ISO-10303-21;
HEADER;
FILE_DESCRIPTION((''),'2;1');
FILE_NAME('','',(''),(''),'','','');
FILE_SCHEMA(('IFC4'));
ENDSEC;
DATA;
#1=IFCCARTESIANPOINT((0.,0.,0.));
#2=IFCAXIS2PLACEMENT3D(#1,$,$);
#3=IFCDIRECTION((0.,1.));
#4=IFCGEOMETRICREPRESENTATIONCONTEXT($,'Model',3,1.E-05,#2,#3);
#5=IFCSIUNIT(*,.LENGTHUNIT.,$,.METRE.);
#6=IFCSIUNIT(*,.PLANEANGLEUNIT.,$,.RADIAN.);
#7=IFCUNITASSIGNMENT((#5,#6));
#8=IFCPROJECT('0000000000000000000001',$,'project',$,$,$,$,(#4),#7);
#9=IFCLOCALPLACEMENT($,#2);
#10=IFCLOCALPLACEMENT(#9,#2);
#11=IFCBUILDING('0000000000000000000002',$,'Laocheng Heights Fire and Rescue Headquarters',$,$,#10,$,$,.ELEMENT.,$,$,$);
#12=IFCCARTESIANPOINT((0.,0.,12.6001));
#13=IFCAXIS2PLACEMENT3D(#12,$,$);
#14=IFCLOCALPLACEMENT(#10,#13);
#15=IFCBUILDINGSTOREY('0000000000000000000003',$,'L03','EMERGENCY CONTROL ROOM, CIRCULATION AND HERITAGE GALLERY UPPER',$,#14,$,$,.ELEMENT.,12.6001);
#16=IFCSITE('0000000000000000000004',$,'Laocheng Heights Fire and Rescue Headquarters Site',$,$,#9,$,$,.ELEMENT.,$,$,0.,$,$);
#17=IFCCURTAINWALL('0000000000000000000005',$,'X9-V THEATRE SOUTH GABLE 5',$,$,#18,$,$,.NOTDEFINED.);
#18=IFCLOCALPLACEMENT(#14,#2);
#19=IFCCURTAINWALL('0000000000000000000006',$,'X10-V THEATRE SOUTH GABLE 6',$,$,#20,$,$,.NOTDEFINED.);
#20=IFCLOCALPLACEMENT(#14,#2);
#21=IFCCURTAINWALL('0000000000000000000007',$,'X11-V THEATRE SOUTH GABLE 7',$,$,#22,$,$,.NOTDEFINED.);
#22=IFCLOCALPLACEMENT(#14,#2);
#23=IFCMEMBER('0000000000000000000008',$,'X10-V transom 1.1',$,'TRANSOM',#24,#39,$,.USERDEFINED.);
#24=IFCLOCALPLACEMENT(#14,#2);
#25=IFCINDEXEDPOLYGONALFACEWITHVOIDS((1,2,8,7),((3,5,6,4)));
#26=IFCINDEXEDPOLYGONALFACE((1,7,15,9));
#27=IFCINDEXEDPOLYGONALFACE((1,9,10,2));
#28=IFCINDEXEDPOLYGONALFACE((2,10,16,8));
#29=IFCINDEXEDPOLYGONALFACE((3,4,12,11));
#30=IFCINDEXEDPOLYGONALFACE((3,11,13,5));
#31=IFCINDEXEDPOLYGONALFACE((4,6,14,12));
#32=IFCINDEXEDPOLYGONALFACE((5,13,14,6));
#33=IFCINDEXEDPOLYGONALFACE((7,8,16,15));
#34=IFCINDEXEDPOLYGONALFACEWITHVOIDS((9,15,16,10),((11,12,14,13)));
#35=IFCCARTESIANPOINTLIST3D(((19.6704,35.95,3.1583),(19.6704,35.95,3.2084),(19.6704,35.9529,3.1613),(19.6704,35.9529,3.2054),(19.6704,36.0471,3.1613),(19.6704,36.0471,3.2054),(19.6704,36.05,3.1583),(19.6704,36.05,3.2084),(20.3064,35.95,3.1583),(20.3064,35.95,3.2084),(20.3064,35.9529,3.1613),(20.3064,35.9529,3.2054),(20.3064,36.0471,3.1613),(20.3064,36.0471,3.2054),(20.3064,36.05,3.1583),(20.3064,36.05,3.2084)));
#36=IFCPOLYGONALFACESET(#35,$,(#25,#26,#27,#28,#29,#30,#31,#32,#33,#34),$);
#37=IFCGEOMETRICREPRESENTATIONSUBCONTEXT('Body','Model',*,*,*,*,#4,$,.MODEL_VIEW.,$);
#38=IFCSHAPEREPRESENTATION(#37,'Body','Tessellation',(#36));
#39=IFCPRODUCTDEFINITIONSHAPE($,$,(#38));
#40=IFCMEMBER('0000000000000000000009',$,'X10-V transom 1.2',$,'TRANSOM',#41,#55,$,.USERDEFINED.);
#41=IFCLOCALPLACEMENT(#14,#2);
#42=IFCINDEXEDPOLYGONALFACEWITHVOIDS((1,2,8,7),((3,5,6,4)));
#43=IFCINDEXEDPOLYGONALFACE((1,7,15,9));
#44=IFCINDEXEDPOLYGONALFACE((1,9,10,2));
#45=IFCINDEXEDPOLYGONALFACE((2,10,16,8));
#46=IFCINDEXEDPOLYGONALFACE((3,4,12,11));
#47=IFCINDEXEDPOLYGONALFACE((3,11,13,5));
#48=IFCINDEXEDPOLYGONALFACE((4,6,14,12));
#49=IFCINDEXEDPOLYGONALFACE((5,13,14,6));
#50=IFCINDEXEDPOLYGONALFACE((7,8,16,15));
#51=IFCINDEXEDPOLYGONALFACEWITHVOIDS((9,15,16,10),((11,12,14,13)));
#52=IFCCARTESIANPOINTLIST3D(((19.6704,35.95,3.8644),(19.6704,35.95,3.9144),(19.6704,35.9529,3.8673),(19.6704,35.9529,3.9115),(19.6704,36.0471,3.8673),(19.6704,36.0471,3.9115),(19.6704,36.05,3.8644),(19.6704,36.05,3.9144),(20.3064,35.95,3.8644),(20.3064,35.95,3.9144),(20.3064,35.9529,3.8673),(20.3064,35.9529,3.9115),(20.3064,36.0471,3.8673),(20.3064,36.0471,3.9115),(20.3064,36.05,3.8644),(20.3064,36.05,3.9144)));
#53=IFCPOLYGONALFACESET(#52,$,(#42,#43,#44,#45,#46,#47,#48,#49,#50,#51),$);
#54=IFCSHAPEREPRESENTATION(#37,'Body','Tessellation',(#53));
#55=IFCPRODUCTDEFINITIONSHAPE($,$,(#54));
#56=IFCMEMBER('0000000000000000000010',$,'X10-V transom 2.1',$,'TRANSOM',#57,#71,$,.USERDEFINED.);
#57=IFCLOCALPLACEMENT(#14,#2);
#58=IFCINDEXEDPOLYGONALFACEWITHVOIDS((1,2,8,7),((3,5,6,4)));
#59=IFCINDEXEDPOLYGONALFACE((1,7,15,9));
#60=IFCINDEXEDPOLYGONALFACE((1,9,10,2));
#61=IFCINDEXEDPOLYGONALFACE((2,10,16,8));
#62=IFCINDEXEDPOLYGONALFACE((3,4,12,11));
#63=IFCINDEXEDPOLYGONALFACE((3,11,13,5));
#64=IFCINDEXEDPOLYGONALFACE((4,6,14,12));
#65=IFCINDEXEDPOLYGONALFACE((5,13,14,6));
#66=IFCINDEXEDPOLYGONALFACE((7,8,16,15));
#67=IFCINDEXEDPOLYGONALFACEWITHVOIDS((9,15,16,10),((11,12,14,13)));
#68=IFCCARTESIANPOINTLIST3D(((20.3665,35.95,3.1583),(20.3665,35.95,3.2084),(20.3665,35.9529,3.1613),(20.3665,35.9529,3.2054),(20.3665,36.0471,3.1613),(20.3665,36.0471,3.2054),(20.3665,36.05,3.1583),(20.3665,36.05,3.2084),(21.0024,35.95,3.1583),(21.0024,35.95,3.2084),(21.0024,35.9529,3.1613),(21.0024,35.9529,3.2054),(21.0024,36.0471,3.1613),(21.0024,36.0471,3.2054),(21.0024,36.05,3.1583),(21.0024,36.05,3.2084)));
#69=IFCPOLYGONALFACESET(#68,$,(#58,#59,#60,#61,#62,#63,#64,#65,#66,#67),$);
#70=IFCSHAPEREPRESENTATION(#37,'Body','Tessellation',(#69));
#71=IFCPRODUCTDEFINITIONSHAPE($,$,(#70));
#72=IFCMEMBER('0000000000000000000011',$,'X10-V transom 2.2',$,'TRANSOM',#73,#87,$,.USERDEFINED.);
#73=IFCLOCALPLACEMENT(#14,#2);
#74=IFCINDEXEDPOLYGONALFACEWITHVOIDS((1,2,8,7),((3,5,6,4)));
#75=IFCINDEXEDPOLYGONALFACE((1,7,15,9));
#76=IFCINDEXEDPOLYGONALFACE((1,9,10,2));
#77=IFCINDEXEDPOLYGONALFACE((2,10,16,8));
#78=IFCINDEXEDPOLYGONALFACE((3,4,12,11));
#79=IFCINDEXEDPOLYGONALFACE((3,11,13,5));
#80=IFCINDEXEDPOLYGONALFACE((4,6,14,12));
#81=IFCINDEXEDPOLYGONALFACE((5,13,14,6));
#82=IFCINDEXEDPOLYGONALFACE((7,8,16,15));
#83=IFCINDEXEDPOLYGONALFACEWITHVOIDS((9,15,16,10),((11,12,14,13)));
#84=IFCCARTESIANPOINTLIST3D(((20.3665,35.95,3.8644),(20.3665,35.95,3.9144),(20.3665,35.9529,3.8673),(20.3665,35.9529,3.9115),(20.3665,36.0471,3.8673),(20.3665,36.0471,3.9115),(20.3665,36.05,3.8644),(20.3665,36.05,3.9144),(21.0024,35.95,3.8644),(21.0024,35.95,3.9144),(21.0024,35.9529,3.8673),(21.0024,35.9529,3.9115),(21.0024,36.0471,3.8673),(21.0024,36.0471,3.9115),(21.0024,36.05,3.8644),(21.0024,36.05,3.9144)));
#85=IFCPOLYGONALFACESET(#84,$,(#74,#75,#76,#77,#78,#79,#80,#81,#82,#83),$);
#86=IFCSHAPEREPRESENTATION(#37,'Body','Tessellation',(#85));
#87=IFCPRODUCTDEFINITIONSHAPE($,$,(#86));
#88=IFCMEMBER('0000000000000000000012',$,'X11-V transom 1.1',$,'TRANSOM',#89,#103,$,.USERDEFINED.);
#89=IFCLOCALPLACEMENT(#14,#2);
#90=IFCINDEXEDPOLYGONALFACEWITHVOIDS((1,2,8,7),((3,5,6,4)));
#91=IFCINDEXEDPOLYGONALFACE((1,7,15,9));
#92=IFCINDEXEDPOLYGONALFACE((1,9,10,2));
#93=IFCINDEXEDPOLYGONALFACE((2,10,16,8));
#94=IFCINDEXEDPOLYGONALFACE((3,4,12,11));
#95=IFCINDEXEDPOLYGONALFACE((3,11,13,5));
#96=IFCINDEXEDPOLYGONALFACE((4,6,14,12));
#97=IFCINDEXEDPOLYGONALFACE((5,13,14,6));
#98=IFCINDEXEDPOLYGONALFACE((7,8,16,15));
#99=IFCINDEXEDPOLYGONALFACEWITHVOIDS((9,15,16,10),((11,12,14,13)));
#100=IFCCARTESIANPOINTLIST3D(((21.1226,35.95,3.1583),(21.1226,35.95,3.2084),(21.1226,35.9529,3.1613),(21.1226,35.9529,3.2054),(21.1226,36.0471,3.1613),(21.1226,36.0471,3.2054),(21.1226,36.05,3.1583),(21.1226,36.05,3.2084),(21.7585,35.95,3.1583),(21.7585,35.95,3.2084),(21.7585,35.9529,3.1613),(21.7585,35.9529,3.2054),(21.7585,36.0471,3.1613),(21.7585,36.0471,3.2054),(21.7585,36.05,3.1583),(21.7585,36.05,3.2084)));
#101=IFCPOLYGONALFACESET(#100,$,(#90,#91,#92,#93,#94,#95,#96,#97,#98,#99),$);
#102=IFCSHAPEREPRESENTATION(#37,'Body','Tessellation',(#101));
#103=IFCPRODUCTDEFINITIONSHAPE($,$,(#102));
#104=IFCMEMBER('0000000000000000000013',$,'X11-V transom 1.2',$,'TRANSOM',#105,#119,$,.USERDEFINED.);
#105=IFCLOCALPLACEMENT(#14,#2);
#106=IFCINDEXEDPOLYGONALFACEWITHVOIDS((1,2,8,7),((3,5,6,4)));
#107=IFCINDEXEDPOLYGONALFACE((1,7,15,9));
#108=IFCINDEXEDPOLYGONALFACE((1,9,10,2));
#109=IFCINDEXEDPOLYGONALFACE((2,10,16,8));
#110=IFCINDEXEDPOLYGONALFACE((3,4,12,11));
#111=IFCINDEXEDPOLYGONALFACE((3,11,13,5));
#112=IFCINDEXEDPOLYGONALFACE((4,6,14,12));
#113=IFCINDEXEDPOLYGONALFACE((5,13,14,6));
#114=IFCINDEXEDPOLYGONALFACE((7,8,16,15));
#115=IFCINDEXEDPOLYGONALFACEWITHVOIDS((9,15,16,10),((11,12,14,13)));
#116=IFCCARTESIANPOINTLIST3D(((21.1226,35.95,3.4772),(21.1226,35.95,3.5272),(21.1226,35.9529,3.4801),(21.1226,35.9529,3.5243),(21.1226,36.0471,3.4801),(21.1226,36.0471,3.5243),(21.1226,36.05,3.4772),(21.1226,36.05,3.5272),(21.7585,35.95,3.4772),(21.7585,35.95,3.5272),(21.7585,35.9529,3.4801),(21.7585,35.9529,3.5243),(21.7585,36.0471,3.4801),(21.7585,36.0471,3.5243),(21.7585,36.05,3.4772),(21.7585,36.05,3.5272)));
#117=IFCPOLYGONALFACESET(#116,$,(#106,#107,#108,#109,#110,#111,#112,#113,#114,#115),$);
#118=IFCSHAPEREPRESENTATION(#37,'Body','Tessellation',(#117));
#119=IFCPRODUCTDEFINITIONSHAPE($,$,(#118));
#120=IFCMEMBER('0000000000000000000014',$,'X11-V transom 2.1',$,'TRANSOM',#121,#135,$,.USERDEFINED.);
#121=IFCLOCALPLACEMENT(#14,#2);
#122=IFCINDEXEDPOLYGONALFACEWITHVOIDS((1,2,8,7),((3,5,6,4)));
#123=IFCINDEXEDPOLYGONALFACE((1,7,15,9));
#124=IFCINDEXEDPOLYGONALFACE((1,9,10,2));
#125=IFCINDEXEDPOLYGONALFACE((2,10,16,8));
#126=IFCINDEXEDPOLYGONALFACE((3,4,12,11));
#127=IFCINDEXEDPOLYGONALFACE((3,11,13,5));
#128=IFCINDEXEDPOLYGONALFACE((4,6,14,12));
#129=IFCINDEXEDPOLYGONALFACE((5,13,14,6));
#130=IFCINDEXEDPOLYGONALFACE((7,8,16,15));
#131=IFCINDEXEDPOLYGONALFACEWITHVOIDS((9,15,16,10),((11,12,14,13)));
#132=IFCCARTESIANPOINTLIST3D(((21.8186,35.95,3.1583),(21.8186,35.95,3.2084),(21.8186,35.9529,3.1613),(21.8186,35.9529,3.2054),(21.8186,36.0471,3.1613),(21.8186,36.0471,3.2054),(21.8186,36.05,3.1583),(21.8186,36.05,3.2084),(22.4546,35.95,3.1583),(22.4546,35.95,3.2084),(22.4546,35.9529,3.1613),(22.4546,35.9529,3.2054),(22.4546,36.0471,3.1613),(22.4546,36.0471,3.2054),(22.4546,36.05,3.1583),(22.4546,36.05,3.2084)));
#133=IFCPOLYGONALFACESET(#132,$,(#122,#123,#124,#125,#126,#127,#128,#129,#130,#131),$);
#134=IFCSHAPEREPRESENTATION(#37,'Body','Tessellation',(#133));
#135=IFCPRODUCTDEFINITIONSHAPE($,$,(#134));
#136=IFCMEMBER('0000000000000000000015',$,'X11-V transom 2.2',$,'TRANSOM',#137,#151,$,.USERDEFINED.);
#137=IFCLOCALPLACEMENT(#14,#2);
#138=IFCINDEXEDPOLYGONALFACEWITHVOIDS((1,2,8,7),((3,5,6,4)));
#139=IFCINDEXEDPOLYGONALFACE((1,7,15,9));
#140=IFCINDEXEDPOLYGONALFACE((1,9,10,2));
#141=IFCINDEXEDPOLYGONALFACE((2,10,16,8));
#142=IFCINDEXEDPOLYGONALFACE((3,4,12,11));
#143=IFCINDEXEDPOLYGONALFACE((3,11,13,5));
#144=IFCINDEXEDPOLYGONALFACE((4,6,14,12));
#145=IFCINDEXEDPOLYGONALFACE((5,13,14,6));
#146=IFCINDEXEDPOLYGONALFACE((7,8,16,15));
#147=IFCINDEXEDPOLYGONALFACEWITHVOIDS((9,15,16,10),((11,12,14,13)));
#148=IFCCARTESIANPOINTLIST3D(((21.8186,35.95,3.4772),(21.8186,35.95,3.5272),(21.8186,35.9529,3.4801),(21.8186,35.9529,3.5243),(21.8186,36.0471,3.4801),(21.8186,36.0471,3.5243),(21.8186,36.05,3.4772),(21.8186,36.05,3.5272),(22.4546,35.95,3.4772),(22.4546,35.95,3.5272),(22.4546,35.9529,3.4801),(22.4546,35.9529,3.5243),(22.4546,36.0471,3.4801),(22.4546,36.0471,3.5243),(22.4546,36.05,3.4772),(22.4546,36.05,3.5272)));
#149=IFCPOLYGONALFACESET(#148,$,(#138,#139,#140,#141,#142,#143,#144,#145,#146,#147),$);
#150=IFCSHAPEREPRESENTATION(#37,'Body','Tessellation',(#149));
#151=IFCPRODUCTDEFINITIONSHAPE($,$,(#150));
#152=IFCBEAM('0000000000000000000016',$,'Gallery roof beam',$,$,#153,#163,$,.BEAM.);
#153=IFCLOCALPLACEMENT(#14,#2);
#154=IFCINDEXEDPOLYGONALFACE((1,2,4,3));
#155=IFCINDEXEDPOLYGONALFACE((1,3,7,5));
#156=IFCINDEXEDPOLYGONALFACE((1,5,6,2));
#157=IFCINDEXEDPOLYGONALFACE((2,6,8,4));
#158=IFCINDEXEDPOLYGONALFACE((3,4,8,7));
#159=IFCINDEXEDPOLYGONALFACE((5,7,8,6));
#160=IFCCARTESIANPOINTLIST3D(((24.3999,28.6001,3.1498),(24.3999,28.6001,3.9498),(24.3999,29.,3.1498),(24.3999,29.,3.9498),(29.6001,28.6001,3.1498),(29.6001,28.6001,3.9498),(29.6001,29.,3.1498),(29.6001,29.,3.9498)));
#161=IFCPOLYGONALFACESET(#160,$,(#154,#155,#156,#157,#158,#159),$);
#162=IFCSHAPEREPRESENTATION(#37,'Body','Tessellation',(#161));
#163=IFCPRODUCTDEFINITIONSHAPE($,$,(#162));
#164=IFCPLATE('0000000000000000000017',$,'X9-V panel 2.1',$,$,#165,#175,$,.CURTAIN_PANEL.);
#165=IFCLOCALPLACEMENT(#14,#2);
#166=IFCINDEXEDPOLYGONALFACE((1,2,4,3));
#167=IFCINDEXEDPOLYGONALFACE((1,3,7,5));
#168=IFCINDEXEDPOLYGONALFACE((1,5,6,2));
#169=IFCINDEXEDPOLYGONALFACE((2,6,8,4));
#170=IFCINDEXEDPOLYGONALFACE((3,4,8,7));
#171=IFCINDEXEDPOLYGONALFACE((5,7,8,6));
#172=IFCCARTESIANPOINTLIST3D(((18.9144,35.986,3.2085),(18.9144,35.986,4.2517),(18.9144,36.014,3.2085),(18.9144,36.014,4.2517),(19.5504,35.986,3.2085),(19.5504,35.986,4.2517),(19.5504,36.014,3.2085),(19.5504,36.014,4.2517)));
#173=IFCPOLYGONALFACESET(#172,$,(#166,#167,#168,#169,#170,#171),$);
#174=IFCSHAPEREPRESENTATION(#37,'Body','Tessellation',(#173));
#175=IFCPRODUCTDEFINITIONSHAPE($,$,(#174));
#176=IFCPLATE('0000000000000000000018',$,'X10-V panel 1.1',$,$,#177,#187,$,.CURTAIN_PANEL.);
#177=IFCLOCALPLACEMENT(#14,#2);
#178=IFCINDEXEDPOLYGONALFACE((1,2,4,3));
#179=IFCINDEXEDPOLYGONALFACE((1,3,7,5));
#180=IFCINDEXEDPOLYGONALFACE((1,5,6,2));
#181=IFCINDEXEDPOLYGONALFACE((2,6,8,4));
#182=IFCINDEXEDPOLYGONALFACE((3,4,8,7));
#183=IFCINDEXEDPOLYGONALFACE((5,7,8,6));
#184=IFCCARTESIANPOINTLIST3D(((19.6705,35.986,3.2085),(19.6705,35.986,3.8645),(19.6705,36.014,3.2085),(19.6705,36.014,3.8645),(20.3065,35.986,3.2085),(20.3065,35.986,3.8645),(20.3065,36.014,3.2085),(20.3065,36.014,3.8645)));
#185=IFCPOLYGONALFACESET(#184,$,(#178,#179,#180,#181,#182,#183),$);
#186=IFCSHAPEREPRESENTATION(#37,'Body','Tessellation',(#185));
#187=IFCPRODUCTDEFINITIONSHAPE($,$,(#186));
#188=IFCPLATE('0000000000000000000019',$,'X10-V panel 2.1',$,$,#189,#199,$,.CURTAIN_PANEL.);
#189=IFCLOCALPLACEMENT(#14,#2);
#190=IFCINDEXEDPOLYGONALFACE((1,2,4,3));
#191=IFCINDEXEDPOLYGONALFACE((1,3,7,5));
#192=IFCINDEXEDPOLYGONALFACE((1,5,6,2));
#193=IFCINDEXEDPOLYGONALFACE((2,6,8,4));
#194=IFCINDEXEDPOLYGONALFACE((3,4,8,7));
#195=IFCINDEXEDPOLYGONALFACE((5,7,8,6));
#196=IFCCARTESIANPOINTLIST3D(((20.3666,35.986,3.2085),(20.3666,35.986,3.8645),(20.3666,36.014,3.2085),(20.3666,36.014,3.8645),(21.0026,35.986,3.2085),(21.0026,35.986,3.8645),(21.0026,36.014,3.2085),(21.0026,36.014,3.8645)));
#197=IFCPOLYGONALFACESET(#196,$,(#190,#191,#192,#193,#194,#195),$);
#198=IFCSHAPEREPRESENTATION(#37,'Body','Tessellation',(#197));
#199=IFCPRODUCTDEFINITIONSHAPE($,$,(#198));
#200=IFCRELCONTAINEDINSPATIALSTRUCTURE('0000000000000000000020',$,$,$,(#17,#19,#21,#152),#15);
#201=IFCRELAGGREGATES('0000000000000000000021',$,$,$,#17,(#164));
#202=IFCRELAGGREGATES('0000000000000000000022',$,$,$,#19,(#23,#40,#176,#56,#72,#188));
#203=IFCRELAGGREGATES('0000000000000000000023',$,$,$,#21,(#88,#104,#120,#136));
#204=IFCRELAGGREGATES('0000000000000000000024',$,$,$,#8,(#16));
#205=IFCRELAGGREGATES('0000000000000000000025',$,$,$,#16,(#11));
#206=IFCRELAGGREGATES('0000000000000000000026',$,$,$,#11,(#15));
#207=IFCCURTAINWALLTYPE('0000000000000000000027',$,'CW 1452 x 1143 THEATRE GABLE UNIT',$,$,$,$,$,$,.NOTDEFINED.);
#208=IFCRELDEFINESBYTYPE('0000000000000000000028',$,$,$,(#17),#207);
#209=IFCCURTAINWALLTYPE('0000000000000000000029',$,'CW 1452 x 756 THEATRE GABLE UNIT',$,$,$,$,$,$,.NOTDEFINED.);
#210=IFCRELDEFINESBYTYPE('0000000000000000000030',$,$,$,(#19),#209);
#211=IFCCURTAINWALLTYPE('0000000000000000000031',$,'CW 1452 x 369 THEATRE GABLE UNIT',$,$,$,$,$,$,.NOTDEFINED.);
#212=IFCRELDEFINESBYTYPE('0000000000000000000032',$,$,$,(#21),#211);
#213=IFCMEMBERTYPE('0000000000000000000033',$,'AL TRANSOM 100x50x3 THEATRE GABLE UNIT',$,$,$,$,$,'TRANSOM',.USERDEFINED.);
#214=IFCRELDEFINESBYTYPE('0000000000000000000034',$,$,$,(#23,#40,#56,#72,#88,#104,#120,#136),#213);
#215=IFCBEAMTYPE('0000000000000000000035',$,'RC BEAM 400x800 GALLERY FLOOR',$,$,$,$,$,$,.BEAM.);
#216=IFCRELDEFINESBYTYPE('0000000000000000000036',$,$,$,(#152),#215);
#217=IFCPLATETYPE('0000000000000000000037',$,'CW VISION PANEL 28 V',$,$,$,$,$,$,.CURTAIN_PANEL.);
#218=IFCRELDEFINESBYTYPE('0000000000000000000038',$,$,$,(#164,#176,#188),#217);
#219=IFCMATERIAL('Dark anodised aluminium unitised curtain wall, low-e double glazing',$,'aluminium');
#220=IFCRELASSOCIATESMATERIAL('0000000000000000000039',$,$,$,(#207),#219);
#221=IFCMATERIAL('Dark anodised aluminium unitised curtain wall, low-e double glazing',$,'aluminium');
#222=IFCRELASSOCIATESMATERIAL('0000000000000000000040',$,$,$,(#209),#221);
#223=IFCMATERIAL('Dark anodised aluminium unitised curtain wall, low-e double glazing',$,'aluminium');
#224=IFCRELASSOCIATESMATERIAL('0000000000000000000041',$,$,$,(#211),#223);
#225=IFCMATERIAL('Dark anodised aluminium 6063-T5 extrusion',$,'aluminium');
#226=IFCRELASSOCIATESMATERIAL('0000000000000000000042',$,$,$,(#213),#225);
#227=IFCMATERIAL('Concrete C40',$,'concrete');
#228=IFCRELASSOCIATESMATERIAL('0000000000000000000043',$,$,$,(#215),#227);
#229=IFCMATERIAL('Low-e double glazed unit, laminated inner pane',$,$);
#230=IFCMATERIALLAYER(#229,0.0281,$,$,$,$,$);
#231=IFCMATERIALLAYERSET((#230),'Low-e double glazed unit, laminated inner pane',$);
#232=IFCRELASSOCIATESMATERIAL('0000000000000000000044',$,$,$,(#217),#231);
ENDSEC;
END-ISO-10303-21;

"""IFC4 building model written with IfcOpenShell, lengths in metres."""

from ifc_helpers import new_model, si_unit, direction, frame, origin, origin_2d, place, context, subcontext, project, spatial, rectangle, hollow_rectangle, extrude, material, layer, layer_set, material_profile, profile_set, type_object, element, aggregate, save


model = new_model("IFC4")

# Units and contexts
model_context = context("Model", 3, precision=1e-05, world=origin(), true_north=direction((0.0, 1.0)))
body_context = subcontext(model_context, "Body", "Model", "MODEL_VIEW")
ifc_project = project(units=[si_unit("LENGTHUNIT", "METRE"), si_unit("PLANEANGLEUNIT", "RADIAN")], contexts=[model_context])

# Site, building, storey
site_placement = place(None, origin())
site = spatial("IfcSite", under=ifc_project, at=site_placement, Name="Laocheng Heights Fire and Rescue Headquarters Site", CompositionType="ELEMENT", RefElevation=0.0)
building_placement = place(site_placement, origin())
building = spatial("IfcBuilding", under=site, at=building_placement, Name="Laocheng Heights Fire and Rescue Headquarters", CompositionType="ELEMENT")
storey_placement = place(building_placement, frame((0.0, 0.0, 12.6001)))
storey = spatial("IfcBuildingStorey", under=building, at=storey_placement, Name="L03", Description="EMERGENCY CONTROL ROOM, CIRCULATION AND HERITAGE GALLERY UPPER", CompositionType="ELEMENT", Elevation=12.6001)

# Curtain walls
ifc_material_1 = material(Name="Dark anodised aluminium unitised curtain wall, low-e double glazing", Category="aluminium")
curtain_wall_type_1 = type_object("IfcCurtainWallType", Name="CW 1452 x 1143 THEATRE GABLE UNIT", PredefinedType="NOTDEFINED", material=ifc_material_1)
curtain_wall_1_placement = place(storey_placement, origin())
curtain_wall_1 = element("IfcCurtainWall", 1, at=curtain_wall_1_placement, inside=storey, type_object=curtain_wall_type_1, Name="X9-V THEATRE SOUTH GABLE 5", PredefinedType="NOTDEFINED")
ifc_material_2 = material(Name="Dark anodised aluminium unitised curtain wall, low-e double glazing", Category="aluminium")
curtain_wall_type_2 = type_object("IfcCurtainWallType", Name="CW 1452 x 756 THEATRE GABLE UNIT", PredefinedType="NOTDEFINED", material=ifc_material_2)
curtain_wall_2_placement = place(storey_placement, origin())
curtain_wall_2 = element("IfcCurtainWall", 2, at=curtain_wall_2_placement, inside=storey, type_object=curtain_wall_type_2, Name="X10-V THEATRE SOUTH GABLE 6", PredefinedType="NOTDEFINED")
ifc_material_3 = material(Name="Dark anodised aluminium unitised curtain wall, low-e double glazing", Category="aluminium")
curtain_wall_type_3 = type_object("IfcCurtainWallType", Name="CW 1452 x 369 THEATRE GABLE UNIT", PredefinedType="NOTDEFINED", material=ifc_material_3)
curtain_wall_3_placement = place(storey_placement, origin())
curtain_wall_3 = element("IfcCurtainWall", 3, at=curtain_wall_3_placement, inside=storey, type_object=curtain_wall_type_3, Name="X11-V THEATRE SOUTH GABLE 7", PredefinedType="NOTDEFINED")

# Members
ifc_material_4 = material(Name="Dark anodised aluminium 6063-T5 extrusion", Category="aluminium")
ifc_material_profile_1 = material_profile(ifc_material_4, hollow_rectangle(XDim=0.1001, YDim=0.05, WallThickness=0.0029, at=origin_2d()), Name="AL TRANSOM 100x50x3 THEATRE GABLE UNIT")
ifc_profile_set_1 = profile_set([ifc_material_profile_1], Name="Dark anodised aluminium 6063-T5 extrusion")
member_type_1 = type_object("IfcMemberType", Name="AL TRANSOM 100x50x3 THEATRE GABLE UNIT", ElementType="TRANSOM", PredefinedType="USERDEFINED", material=ifc_profile_set_1)
member_1_placement = place(storey_placement, frame((19.6704, 36.0, 3.1833), z_axis=(1.0, 0.0, 0.0), x_axis=(0.0, 1.0, 0.0)))
member_1 = element("IfcMember", 4, at=member_1_placement, type_object=member_type_1, Name="X10-V transom 1.1", ObjectType="TRANSOM", PredefinedType="USERDEFINED", context=body_context, shape_type="SweptSolid", body=[
    extrude(hollow_rectangle(XDim=0.1001, YDim=0.05, WallThickness=0.0029, at=origin_2d()), origin(), (0.0, 0.0, 1.0), 0.636),
])
member_2_placement = place(storey_placement, frame((19.6704, 36.0, 3.8894), z_axis=(1.0, 0.0, 0.0), x_axis=(0.0, 1.0, 0.0)))
member_2 = element("IfcMember", 5, at=member_2_placement, type_object=member_type_1, Name="X10-V transom 1.2", ObjectType="TRANSOM", PredefinedType="USERDEFINED", context=body_context, shape_type="SweptSolid", body=[
    extrude(hollow_rectangle(XDim=0.1001, YDim=0.05, WallThickness=0.0029, at=origin_2d()), origin(), (0.0, 0.0, 1.0), 0.636),
])
member_3_placement = place(storey_placement, frame((20.3665, 36.0, 3.1833), z_axis=(1.0, 0.0, 0.0), x_axis=(0.0, 1.0, 0.0)))
member_3 = element("IfcMember", 6, at=member_3_placement, type_object=member_type_1, Name="X10-V transom 2.1", ObjectType="TRANSOM", PredefinedType="USERDEFINED", context=body_context, shape_type="SweptSolid", body=[
    extrude(hollow_rectangle(XDim=0.1001, YDim=0.05, WallThickness=0.0029, at=origin_2d()), origin(), (0.0, 0.0, 1.0), 0.636),
])
member_4_placement = place(storey_placement, frame((20.3665, 36.0, 3.8894), z_axis=(1.0, 0.0, 0.0), x_axis=(0.0, 1.0, 0.0)))
member_4 = element("IfcMember", 7, at=member_4_placement, type_object=member_type_1, Name="X10-V transom 2.2", ObjectType="TRANSOM", PredefinedType="USERDEFINED", context=body_context, shape_type="SweptSolid", body=[
    extrude(hollow_rectangle(XDim=0.1001, YDim=0.05, WallThickness=0.0029, at=origin_2d()), origin(), (0.0, 0.0, 1.0), 0.636),
])
member_5_placement = place(storey_placement, frame((21.1226, 36.0, 3.1833), z_axis=(1.0, 0.0, 0.0), x_axis=(0.0, 1.0, 0.0)))
member_5 = element("IfcMember", 8, at=member_5_placement, type_object=member_type_1, Name="X11-V transom 1.1", ObjectType="TRANSOM", PredefinedType="USERDEFINED", context=body_context, shape_type="SweptSolid", body=[
    extrude(hollow_rectangle(XDim=0.1001, YDim=0.05, WallThickness=0.0029, at=origin_2d()), origin(), (0.0, 0.0, 1.0), 0.636),
])
member_6_placement = place(storey_placement, frame((21.1226, 36.0, 3.5022), z_axis=(1.0, 0.0, 0.0), x_axis=(0.0, 1.0, 0.0)))
member_6 = element("IfcMember", 9, at=member_6_placement, type_object=member_type_1, Name="X11-V transom 1.2", ObjectType="TRANSOM", PredefinedType="USERDEFINED", context=body_context, shape_type="SweptSolid", body=[
    extrude(hollow_rectangle(XDim=0.1001, YDim=0.05, WallThickness=0.0029, at=origin_2d()), origin(), (0.0, 0.0, 1.0), 0.636),
])
member_7_placement = place(storey_placement, frame((21.8186, 36.0, 3.1833), z_axis=(1.0, 0.0, 0.0), x_axis=(0.0, 1.0, 0.0)))
member_7 = element("IfcMember", 10, at=member_7_placement, type_object=member_type_1, Name="X11-V transom 2.1", ObjectType="TRANSOM", PredefinedType="USERDEFINED", context=body_context, shape_type="SweptSolid", body=[
    extrude(hollow_rectangle(XDim=0.1001, YDim=0.05, WallThickness=0.0029, at=origin_2d()), origin(), (0.0, 0.0, 1.0), 0.636),
])
member_8_placement = place(storey_placement, frame((21.8186, 36.0, 3.5022), z_axis=(1.0, 0.0, 0.0), x_axis=(0.0, 1.0, 0.0)))
member_8 = element("IfcMember", 11, at=member_8_placement, type_object=member_type_1, Name="X11-V transom 2.2", ObjectType="TRANSOM", PredefinedType="USERDEFINED", context=body_context, shape_type="SweptSolid", body=[
    extrude(hollow_rectangle(XDim=0.1001, YDim=0.05, WallThickness=0.0029, at=origin_2d()), origin(), (0.0, 0.0, 1.0), 0.636),
])

# Beam
ifc_material_5 = material(Name="Concrete C40", Category="concrete")
ifc_material_profile_2 = material_profile(ifc_material_5, rectangle(XDim=0.3999, YDim=0.8, at=origin_2d()), Name="RC BEAM 400x800 GALLERY FLOOR")
ifc_profile_set_2 = profile_set([ifc_material_profile_2], Name="Concrete C40")
beam_type = type_object("IfcBeamType", Name="RC BEAM 400x800 GALLERY FLOOR", PredefinedType="BEAM", material=ifc_profile_set_2)
beam_placement = place(storey_placement, frame((24.3999, 28.8, 3.5498), z_axis=(1.0, 0.0, 0.0), x_axis=(0.0, 1.0, 0.0)))
element("IfcBeam", 12, at=beam_placement, inside=storey, type_object=beam_type, Name="Gallery roof beam", PredefinedType="BEAM", context=body_context, shape_type="SweptSolid", body=[
    extrude(rectangle(XDim=0.3999, YDim=0.8, at=origin_2d()), origin(), (0.0, 0.0, 1.0), 5.2002),
])

# Plates
ifc_material_6 = material(Name="Low-e double glazed unit, laminated inner pane")
ifc_layer_1 = layer(ifc_material_6, 0.0281)
ifc_layer_set_1 = layer_set([ifc_layer_1], Name="Low-e double glazed unit, laminated inner pane")
plate_type = type_object("IfcPlateType", Name="CW VISION PANEL 28 V", PredefinedType="CURTAIN_PANEL", material=ifc_layer_set_1)
plate_1_placement = place(storey_placement, frame((19.2324, 36.0, 3.2085), z_axis=(0.0, 0.0, 1.0), x_axis=(1.0, 0.0, 0.0)))
plate_1 = element("IfcPlate", 13, at=plate_1_placement, type_object=plate_type, Name="X9-V panel 2.1", PredefinedType="CURTAIN_PANEL", context=body_context, shape_type="SweptSolid", body=[
    extrude(rectangle(XDim=0.636, YDim=0.0281, at=origin_2d()), origin(), (0.0, 0.0, 1.0), 1.0432),
])
aggregate(curtain_wall_1, [plate_1])
plate_2_placement = place(storey_placement, frame((19.9885, 36.0, 3.2085), z_axis=(0.0, 0.0, 1.0), x_axis=(1.0, 0.0, 0.0)))
plate_2 = element("IfcPlate", 14, at=plate_2_placement, type_object=plate_type, Name="X10-V panel 1.1", PredefinedType="CURTAIN_PANEL", context=body_context, shape_type="SweptSolid", body=[
    extrude(rectangle(XDim=0.636, YDim=0.0281, at=origin_2d()), origin(), (0.0, 0.0, 1.0), 0.656),
])
plate_3_placement = place(storey_placement, frame((20.6846, 36.0, 3.2085), z_axis=(0.0, 0.0, 1.0), x_axis=(1.0, 0.0, 0.0)))
plate_3 = element("IfcPlate", 15, at=plate_3_placement, type_object=plate_type, Name="X10-V panel 2.1", PredefinedType="CURTAIN_PANEL", context=body_context, shape_type="SweptSolid", body=[
    extrude(rectangle(XDim=0.636, YDim=0.0281, at=origin_2d()), origin(), (0.0, 0.0, 1.0), 0.656),
])
aggregate(curtain_wall_2, [member_1, member_2, plate_2, member_3, member_4, plate_3])
aggregate(curtain_wall_3, [member_5, member_6, member_7, member_8])

save(model, "model.ifc")
